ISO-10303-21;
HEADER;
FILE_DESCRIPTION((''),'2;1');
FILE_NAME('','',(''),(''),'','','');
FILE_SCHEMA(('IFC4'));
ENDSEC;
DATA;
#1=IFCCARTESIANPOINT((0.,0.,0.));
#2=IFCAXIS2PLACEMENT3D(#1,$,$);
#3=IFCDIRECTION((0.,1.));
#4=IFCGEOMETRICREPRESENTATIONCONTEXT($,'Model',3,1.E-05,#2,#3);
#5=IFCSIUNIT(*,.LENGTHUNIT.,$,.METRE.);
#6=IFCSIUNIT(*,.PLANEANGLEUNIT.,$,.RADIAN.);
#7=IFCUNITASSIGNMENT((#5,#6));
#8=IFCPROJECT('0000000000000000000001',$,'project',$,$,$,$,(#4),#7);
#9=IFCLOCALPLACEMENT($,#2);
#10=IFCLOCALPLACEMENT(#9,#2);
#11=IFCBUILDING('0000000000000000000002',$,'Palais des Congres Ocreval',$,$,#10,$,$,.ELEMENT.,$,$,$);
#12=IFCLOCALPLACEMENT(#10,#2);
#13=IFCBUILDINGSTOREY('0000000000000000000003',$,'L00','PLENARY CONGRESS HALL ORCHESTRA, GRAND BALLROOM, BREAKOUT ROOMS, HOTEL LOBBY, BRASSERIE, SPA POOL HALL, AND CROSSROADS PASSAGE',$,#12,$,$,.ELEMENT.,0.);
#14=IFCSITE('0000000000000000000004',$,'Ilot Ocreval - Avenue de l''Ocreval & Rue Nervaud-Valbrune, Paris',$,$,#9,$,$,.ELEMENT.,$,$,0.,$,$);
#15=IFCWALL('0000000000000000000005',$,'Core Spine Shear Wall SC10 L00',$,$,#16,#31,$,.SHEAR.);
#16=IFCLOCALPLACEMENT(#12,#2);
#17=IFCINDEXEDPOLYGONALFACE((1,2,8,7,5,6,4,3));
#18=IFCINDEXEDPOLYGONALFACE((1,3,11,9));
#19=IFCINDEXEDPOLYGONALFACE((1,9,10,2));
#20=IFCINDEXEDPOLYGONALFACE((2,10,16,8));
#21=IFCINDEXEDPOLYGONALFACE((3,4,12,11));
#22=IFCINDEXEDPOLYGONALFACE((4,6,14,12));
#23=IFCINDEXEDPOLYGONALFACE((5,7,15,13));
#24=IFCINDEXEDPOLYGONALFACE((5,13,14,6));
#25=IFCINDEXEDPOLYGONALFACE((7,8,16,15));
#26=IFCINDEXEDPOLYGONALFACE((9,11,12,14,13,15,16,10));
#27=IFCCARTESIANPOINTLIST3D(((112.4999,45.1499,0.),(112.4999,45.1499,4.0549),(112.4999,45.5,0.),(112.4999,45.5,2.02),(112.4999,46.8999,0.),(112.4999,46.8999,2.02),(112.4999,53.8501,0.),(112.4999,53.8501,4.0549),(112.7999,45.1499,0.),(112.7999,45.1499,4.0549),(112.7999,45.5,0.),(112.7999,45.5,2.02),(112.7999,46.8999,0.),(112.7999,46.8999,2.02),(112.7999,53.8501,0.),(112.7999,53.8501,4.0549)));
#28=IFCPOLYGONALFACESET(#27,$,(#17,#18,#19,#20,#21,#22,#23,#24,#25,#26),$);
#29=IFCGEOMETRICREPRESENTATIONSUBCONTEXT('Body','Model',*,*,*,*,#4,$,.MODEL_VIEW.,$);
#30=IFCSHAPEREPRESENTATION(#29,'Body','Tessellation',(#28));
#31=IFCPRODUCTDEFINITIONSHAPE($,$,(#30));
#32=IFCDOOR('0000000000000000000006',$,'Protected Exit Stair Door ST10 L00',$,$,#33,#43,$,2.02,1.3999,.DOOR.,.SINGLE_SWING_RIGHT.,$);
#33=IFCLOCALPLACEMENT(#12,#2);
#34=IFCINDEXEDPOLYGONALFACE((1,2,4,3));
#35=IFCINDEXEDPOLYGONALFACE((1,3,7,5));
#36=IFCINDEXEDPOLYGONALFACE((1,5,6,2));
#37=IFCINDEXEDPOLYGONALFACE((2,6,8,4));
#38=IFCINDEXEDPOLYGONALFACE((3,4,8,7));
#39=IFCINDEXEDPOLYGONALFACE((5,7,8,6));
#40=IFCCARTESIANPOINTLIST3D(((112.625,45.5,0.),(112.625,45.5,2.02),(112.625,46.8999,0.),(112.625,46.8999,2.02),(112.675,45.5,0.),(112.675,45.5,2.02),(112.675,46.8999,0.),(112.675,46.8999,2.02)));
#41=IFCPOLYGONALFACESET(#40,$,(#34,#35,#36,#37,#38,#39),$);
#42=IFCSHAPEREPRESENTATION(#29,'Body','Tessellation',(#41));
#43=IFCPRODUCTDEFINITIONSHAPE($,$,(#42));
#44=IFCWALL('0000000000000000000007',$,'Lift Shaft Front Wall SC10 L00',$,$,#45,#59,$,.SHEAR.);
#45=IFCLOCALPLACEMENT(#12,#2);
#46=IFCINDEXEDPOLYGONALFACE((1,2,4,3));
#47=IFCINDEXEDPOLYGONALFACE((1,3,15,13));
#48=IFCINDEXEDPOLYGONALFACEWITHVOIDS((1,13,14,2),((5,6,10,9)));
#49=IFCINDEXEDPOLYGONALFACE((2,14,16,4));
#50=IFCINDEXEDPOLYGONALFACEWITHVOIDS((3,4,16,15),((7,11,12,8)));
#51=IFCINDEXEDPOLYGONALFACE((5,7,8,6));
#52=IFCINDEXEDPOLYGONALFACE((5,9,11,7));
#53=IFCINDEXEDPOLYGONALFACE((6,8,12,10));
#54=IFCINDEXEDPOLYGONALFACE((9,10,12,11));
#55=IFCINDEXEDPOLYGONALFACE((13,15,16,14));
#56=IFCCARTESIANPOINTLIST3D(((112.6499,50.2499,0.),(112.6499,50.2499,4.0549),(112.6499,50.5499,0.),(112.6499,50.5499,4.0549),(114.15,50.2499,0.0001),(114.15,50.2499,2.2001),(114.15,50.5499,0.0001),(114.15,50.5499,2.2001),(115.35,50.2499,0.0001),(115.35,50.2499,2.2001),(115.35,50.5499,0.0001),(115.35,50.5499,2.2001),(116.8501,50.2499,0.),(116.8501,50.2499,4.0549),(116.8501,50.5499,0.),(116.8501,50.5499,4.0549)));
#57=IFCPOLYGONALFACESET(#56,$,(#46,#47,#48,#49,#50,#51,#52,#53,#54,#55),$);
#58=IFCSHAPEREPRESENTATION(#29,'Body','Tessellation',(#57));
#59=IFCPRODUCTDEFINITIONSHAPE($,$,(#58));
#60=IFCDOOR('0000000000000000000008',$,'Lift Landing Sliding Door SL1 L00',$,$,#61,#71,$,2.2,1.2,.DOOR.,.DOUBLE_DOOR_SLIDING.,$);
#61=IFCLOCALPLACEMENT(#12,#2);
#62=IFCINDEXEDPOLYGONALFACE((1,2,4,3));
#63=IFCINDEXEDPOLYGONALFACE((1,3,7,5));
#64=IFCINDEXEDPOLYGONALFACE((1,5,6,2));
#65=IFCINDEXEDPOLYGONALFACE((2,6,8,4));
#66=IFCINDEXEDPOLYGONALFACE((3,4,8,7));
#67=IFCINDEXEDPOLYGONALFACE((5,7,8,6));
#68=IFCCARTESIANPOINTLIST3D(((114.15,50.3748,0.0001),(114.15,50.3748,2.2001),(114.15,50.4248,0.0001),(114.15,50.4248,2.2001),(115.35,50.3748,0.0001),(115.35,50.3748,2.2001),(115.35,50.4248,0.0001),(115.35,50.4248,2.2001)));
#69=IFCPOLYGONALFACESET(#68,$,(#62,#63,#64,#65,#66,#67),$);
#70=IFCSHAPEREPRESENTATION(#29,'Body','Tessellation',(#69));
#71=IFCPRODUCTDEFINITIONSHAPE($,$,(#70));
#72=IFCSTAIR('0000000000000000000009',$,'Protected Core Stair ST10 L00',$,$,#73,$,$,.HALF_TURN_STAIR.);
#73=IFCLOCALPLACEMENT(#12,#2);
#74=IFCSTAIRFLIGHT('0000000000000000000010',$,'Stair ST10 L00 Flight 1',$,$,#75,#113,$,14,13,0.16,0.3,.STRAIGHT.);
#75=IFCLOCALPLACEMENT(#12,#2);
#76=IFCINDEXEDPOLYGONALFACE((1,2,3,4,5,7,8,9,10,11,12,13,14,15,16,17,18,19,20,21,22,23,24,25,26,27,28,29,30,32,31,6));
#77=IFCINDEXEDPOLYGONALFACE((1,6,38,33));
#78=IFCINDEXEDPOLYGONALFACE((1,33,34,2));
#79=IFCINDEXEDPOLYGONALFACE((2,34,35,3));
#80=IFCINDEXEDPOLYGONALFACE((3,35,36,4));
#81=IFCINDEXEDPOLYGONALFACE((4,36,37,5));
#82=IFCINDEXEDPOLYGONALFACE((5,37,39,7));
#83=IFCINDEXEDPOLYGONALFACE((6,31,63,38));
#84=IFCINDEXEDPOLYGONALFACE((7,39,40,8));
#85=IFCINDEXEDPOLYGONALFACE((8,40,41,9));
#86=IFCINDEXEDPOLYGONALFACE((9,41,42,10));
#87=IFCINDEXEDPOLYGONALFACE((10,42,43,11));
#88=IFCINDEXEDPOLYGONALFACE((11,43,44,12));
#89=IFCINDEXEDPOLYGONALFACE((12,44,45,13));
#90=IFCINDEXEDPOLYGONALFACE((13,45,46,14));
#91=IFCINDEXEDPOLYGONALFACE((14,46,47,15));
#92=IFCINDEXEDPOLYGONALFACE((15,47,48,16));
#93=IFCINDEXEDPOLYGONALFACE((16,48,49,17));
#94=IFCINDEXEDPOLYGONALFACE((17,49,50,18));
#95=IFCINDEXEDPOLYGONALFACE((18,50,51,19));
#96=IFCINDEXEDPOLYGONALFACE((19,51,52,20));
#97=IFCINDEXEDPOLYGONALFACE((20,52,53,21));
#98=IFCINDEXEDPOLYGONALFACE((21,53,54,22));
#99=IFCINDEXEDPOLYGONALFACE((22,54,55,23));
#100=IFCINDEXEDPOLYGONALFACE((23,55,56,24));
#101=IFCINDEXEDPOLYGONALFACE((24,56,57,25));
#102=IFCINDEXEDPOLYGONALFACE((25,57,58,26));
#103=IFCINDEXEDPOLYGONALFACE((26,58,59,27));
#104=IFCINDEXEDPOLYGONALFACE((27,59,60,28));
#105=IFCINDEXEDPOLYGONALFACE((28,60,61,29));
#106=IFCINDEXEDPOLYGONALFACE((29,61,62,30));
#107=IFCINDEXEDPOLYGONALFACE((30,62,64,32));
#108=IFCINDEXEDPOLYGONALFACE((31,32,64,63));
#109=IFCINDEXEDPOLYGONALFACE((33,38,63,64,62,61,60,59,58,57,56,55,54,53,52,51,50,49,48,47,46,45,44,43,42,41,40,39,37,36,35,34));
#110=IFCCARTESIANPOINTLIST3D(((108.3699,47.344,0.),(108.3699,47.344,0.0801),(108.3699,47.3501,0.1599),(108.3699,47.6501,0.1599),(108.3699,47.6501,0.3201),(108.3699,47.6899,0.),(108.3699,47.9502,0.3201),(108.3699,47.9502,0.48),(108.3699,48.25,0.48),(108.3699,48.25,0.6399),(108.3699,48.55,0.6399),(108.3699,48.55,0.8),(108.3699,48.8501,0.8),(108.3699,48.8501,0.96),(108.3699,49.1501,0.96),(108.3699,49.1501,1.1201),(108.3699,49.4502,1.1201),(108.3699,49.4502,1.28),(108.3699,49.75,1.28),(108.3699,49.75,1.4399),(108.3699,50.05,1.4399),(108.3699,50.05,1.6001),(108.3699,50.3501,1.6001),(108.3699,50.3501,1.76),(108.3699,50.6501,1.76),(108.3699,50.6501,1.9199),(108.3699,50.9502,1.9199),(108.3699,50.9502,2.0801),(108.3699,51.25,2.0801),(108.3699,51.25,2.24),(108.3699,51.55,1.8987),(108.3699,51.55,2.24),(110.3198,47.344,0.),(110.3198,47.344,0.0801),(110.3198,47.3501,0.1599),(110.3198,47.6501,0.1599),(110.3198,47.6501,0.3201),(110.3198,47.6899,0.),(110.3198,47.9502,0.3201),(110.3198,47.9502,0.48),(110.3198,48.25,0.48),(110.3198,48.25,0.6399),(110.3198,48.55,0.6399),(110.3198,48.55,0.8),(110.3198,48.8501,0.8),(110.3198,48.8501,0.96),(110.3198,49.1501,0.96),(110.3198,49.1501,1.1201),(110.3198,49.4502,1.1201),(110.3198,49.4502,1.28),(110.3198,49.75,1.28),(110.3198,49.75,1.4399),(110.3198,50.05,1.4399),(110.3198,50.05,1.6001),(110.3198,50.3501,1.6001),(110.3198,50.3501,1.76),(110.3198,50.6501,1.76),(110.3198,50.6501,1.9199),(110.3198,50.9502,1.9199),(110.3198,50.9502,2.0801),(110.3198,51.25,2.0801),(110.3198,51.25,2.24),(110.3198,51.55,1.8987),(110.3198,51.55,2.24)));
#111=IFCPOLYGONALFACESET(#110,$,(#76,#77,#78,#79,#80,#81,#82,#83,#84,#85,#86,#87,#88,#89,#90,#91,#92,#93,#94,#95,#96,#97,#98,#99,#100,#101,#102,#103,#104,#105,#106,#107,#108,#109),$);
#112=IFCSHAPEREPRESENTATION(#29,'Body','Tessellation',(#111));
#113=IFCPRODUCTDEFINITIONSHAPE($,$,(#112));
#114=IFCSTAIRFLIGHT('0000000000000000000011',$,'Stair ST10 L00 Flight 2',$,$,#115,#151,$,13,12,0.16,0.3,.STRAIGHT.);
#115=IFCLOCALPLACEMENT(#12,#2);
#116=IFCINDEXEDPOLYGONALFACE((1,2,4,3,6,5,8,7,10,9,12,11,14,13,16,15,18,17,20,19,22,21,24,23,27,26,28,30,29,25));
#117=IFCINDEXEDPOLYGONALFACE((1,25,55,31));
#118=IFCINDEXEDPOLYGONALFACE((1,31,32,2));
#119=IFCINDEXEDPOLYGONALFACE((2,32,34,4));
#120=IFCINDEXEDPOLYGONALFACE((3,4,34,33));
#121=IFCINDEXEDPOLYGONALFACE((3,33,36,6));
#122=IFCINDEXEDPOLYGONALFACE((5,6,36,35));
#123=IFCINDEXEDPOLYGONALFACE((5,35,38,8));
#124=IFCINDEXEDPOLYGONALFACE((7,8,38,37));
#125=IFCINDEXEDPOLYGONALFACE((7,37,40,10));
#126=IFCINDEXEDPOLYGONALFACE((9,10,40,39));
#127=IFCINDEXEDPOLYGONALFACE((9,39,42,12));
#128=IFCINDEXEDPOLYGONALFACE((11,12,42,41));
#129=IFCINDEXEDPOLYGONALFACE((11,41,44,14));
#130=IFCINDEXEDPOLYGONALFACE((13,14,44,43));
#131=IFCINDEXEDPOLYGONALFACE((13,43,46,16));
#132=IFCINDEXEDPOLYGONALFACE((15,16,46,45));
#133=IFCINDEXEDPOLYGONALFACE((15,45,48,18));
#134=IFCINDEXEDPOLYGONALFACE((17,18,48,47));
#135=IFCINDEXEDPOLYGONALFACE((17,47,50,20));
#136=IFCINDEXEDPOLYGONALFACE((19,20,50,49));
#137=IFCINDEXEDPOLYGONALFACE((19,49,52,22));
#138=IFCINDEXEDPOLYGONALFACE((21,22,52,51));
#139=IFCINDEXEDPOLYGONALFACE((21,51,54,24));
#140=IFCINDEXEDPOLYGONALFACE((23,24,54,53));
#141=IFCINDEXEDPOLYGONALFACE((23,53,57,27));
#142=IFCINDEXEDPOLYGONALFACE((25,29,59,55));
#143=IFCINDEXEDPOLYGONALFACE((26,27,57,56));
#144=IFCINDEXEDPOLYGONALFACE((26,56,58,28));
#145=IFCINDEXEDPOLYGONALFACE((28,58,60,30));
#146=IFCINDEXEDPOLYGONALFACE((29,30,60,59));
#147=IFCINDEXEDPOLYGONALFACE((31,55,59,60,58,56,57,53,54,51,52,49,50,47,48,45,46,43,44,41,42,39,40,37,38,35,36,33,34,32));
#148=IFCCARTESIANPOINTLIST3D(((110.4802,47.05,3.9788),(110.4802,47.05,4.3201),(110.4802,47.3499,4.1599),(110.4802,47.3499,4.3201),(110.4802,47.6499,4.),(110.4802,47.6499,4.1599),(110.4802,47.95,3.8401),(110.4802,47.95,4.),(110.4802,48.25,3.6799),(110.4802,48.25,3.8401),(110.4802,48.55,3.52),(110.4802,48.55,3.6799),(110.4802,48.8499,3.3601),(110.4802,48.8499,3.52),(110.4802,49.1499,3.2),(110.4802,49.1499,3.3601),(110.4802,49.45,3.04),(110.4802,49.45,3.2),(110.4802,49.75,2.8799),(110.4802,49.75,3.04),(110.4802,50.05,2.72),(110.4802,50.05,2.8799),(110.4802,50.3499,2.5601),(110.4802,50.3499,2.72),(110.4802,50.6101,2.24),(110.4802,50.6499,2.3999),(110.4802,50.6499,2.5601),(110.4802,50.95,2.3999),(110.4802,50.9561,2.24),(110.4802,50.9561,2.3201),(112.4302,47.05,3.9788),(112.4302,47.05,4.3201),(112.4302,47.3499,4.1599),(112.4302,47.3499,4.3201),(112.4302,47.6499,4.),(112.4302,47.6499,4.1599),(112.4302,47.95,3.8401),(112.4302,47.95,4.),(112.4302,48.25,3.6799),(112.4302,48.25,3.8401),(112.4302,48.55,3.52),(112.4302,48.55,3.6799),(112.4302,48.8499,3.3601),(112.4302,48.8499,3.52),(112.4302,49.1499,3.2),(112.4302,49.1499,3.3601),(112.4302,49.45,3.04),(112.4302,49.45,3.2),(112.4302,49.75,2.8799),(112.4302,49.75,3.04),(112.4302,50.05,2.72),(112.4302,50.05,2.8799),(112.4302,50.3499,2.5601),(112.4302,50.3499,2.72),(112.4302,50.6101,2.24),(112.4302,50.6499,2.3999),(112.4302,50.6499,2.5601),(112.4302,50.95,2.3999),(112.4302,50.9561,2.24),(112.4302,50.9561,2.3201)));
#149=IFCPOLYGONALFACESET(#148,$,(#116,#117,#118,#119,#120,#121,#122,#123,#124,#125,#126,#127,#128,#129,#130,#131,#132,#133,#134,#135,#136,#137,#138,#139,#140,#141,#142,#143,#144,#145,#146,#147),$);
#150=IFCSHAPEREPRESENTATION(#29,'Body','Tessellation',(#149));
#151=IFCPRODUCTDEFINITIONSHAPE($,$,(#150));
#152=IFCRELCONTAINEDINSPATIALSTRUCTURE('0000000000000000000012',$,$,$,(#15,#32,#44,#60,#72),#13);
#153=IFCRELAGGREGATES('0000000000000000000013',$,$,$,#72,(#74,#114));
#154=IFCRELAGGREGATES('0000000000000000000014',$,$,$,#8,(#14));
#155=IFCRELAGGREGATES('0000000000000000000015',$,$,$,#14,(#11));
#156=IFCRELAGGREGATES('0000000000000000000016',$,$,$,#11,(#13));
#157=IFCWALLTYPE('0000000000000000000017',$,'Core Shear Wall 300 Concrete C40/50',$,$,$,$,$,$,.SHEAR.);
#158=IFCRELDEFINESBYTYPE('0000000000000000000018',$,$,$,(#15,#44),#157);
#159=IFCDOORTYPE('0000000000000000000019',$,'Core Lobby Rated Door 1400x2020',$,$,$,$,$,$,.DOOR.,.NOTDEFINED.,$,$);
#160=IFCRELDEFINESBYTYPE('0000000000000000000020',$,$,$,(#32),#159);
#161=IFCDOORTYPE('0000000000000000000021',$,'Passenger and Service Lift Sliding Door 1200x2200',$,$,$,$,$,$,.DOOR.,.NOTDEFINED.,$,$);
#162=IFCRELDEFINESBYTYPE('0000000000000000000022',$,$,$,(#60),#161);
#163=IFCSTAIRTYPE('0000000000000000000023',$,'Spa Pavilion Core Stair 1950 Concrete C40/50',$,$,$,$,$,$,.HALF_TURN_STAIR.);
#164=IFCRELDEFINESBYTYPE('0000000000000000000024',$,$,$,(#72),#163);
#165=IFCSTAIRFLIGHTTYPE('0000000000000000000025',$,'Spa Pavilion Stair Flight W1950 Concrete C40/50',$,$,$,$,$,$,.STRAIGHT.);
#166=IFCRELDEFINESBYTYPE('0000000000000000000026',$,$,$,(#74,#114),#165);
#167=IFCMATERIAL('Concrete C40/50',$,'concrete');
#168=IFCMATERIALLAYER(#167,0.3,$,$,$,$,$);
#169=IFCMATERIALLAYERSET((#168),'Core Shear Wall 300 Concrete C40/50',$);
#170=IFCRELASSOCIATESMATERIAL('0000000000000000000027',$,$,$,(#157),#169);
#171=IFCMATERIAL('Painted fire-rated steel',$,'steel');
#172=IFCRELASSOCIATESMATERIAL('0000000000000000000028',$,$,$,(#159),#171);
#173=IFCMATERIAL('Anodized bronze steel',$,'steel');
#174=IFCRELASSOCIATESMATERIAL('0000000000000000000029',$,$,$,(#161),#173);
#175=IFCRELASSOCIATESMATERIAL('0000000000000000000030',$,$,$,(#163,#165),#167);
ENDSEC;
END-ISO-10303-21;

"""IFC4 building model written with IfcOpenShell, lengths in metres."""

from ifc_helpers import new_model, si_unit, direction, frame, frame_2d, origin, place, context, subcontext, project, spatial, polyline, rectangle, outline, extrude, material, layer, layer_set, type_object, element, fill, aggregate, save


model = new_model("IFC4")

# Units and contexts
model_context = context("Model", 3, precision=1e-05, world=origin(), true_north=direction((0.0, 1.0)))
body_context = subcontext(model_context, "Body", "Model", "MODEL_VIEW")
ifc_project = project(units=[si_unit("LENGTHUNIT", "METRE"), si_unit("PLANEANGLEUNIT", "RADIAN")], contexts=[model_context])

# Site, building, storey
site_placement = place(None, origin())
site = spatial("IfcSite", under=ifc_project, at=site_placement, Name="Ilot Ocreval - Avenue de l'Ocreval & Rue Nervaud-Valbrune, Paris", CompositionType="ELEMENT", RefElevation=0.0)
building_placement = place(site_placement, origin())
building = spatial("IfcBuilding", under=site, at=building_placement, Name="Palais des Congres Ocreval", CompositionType="ELEMENT")
storey_placement = place(building_placement, origin())
storey = spatial("IfcBuildingStorey", under=building, at=storey_placement, Name="L00", Description="PLENARY CONGRESS HALL ORCHESTRA, GRAND BALLROOM, BREAKOUT ROOMS, HOTEL LOBBY, BRASSERIE, SPA POOL HALL, AND CROSSROADS PASSAGE", CompositionType="ELEMENT", Elevation=0.0)

# Walls, openings, doors
ifc_material_1 = material(Name="Concrete C40/50", Category="concrete")
ifc_layer_1 = layer(ifc_material_1, 0.3)
ifc_layer_set_1 = layer_set([ifc_layer_1], Name="Core Shear Wall 300 Concrete C40/50")
wall_type = type_object("IfcWallType", Name="Core Shear Wall 300 Concrete C40/50", PredefinedType="SHEAR", material=ifc_layer_set_1)
wall_1_placement = place(storey_placement, frame((112.6499, 45.1499, 0.0), z_axis=(0.0, 0.0, 1.0), x_axis=(0.0, 1.0, 0.0)))
wall_1 = element("IfcWall", 1, at=wall_1_placement, inside=storey, type_object=wall_type, Name="Core Spine Shear Wall SC10 L00", PredefinedType="SHEAR", context=body_context, shape_type="SweptSolid", body=[
    extrude(rectangle(XDim=8.7002, YDim=0.3, at=frame_2d((4.3501, 0.0))), origin(), (0.0, 0.0, 1.0), 4.0549),
])
opening_1_placement = place(wall_1_placement, frame((0.3501, 0.0, 0.0)))
opening_1 = element("IfcOpeningElement", 2, at=opening_1_placement, cuts=wall_1, PredefinedType="OPENING", context=body_context, shape_type="SweptSolid", body=[
    extrude(rectangle(XDim=1.3999, YDim=2.02, at=frame_2d((0.7, 1.01))), frame((0.0, 0.1599, 0.0), z_axis=(0.0, -1.0, 0.0), x_axis=(1.0, 0.0, 0.0)), (0.0, 0.0, 1.0), 0.3201),
])
ifc_material_2 = material(Name="Painted fire-rated steel", Category="steel")
door_type_1 = type_object("IfcDoorType", Name="Core Lobby Rated Door 1400x2020", OperationType="NOTDEFINED", PredefinedType="DOOR", material=ifc_material_2)
door_1_placement = place(opening_1_placement, origin())
door_1 = element("IfcDoor", 3, at=door_1_placement, inside=storey, type_object=door_type_1, Name="Protected Exit Stair Door ST10 L00", OperationType="SINGLE_SWING_RIGHT", OverallHeight=2.02, OverallWidth=1.3999, PredefinedType="DOOR", context=body_context, shape_type="SweptSolid", body=[
    extrude(rectangle(XDim=1.3999, YDim=2.02, at=frame_2d((0.7, 1.01))), frame((0.0, 0.0249, 0.0), z_axis=(0.0, -1.0, 0.0), x_axis=(1.0, 0.0, 0.0)), (0.0, 0.0, 1.0), 0.05),
])
fill(opening_1, door_1)
wall_2_placement = place(storey_placement, frame((112.6499, 50.3999, 0.0), z_axis=(0.0, 0.0, 1.0), x_axis=(1.0, 0.0, 0.0)))
wall_2 = element("IfcWall", 4, at=wall_2_placement, inside=storey, type_object=wall_type, Name="Lift Shaft Front Wall SC10 L00", PredefinedType="SHEAR", context=body_context, shape_type="SweptSolid", body=[
    extrude(rectangle(XDim=4.2002, YDim=0.3, at=frame_2d((2.1001, 0.0))), origin(), (0.0, 0.0, 1.0), 4.0549),
])
opening_2_placement = place(wall_2_placement, frame((1.5, 0.0, 0.0)))
opening_2 = element("IfcOpeningElement", 5, at=opening_2_placement, cuts=wall_2, PredefinedType="OPENING", context=body_context, shape_type="SweptSolid", body=[
    extrude(rectangle(XDim=1.2, YDim=2.2, at=frame_2d((0.6001, 1.1001))), frame((0.0, 0.1599, 0.0), z_axis=(0.0, -1.0, 0.0), x_axis=(1.0, 0.0, 0.0)), (0.0, 0.0, 1.0), 0.3201),
])
ifc_material_3 = material(Name="Anodized bronze steel", Category="steel")
door_type_2 = type_object("IfcDoorType", Name="Passenger and Service Lift Sliding Door 1200x2200", OperationType="NOTDEFINED", PredefinedType="DOOR", material=ifc_material_3)
door_2_placement = place(opening_2_placement, origin())
door_2 = element("IfcDoor", 6, at=door_2_placement, inside=storey, type_object=door_type_2, Name="Lift Landing Sliding Door SL1 L00", OperationType="DOUBLE_DOOR_SLIDING", OverallHeight=2.2, OverallWidth=1.2, PredefinedType="DOOR", context=body_context, shape_type="SweptSolid", body=[
    extrude(rectangle(XDim=1.2, YDim=2.2, at=frame_2d((0.6001, 1.1001))), frame((0.0, 0.0249, 0.0), z_axis=(0.0, -1.0, 0.0), x_axis=(1.0, 0.0, 0.0)), (0.0, 0.0, 1.0), 0.05),
])
fill(opening_2, door_2)

# Stair, stair flights
stair_type = type_object("IfcStairType", Name="Spa Pavilion Core Stair 1950 Concrete C40/50", PredefinedType="HALF_TURN_STAIR", material=ifc_material_1)
stair_placement = place(storey_placement, origin())
stair = element("IfcStair", 7, at=stair_placement, inside=storey, type_object=stair_type, Name="Protected Core Stair ST10 L00", PredefinedType="HALF_TURN_STAIR")
stair_flight_type = type_object("IfcStairFlightType", Name="Spa Pavilion Stair Flight W1950 Concrete C40/50", PredefinedType="STRAIGHT", material=ifc_material_1)
stair_flight_1_placement = place(storey_placement, frame((109.345, 47.3501, 0.0), z_axis=(0.0, 0.0, 1.0), x_axis=(0.0, 1.0, 0.0)))
stair_flight_1 = element("IfcStairFlight", 8, at=stair_flight_1_placement, type_object=stair_flight_type, Name="Stair ST10 L00 Flight 1", NumberOfRisers=14, NumberOfTreads=13, PredefinedType="STRAIGHT", RiserHeight=0.16, TreadLength=0.3, context=body_context, shape_type="SweptSolid", body=[
    extrude(outline(polyline([(-0.0061, 0.0), (-0.0061, 0.0801), (0.0, 0.1599), (0.3, 0.1599), (0.3, 0.3201), (0.6001, 0.3201), (0.6001, 0.48), (0.8999, 0.48), (0.8999, 0.6399), (1.2, 0.6399), (1.2, 0.8), (1.5, 0.8), (1.5, 0.96), (1.8, 0.96), (1.8, 1.1201), (2.1001, 1.1201), (2.1001, 1.28), (2.3999, 1.28), (2.3999, 1.4399), (2.7, 1.4399), (2.7, 1.6001), (3.0, 1.6001), (3.0, 1.76), (3.3, 1.76), (3.3, 1.9199), (3.6001, 1.9199), (3.6001, 2.0801), (3.8999, 2.0801), (3.8999, 2.24), (4.2, 2.24), (4.2, 1.8987), (0.3398, 0.0), (-0.0061, 0.0)])), frame((0.0, 0.9751, 0.0), z_axis=(0.0, -1.0, 0.0), x_axis=(1.0, 0.0, 0.0)), (0.0, 0.0, 1.0), 1.95),
])
stair_flight_2_placement = place(storey_placement, frame((111.4551, 50.95, 2.24), z_axis=(0.0, 0.0, 1.0), x_axis=(0.0, -1.0, 0.0)))
stair_flight_2 = element("IfcStairFlight", 9, at=stair_flight_2_placement, type_object=stair_flight_type, Name="Stair ST10 L00 Flight 2", NumberOfRisers=13, NumberOfTreads=12, PredefinedType="STRAIGHT", RiserHeight=0.16, TreadLength=0.3, context=body_context, shape_type="SweptSolid", body=[
    extrude(outline(polyline([(-0.0061, 0.0), (-0.0061, 0.0801), (0.0, 0.1599), (0.3, 0.1599), (0.3, 0.3201), (0.6001, 0.3201), (0.6001, 0.48), (0.8999, 0.48), (0.8999, 0.6399), (1.2, 0.6399), (1.2, 0.8), (1.5, 0.8), (1.5, 0.96), (1.8, 0.96), (1.8, 1.1201), (2.1001, 1.1201), (2.1001, 1.28), (2.3999, 1.28), (2.3999, 1.4399), (2.7, 1.4399), (2.7, 1.6001), (3.0, 1.6001), (3.0, 1.76), (3.3, 1.76), (3.3, 1.9199), (3.6001, 1.9199), (3.6001, 2.0801), (3.8999, 2.0801), (3.8999, 1.7388), (0.3398, 0.0), (-0.0061, 0.0)])), frame((0.0, 0.9751, 0.0), z_axis=(0.0, -1.0, 0.0), x_axis=(1.0, 0.0, 0.0)), (0.0, 0.0, 1.0), 1.95),
])
aggregate(stair, [stair_flight_1, stair_flight_2])

save(model, "model.ifc")
